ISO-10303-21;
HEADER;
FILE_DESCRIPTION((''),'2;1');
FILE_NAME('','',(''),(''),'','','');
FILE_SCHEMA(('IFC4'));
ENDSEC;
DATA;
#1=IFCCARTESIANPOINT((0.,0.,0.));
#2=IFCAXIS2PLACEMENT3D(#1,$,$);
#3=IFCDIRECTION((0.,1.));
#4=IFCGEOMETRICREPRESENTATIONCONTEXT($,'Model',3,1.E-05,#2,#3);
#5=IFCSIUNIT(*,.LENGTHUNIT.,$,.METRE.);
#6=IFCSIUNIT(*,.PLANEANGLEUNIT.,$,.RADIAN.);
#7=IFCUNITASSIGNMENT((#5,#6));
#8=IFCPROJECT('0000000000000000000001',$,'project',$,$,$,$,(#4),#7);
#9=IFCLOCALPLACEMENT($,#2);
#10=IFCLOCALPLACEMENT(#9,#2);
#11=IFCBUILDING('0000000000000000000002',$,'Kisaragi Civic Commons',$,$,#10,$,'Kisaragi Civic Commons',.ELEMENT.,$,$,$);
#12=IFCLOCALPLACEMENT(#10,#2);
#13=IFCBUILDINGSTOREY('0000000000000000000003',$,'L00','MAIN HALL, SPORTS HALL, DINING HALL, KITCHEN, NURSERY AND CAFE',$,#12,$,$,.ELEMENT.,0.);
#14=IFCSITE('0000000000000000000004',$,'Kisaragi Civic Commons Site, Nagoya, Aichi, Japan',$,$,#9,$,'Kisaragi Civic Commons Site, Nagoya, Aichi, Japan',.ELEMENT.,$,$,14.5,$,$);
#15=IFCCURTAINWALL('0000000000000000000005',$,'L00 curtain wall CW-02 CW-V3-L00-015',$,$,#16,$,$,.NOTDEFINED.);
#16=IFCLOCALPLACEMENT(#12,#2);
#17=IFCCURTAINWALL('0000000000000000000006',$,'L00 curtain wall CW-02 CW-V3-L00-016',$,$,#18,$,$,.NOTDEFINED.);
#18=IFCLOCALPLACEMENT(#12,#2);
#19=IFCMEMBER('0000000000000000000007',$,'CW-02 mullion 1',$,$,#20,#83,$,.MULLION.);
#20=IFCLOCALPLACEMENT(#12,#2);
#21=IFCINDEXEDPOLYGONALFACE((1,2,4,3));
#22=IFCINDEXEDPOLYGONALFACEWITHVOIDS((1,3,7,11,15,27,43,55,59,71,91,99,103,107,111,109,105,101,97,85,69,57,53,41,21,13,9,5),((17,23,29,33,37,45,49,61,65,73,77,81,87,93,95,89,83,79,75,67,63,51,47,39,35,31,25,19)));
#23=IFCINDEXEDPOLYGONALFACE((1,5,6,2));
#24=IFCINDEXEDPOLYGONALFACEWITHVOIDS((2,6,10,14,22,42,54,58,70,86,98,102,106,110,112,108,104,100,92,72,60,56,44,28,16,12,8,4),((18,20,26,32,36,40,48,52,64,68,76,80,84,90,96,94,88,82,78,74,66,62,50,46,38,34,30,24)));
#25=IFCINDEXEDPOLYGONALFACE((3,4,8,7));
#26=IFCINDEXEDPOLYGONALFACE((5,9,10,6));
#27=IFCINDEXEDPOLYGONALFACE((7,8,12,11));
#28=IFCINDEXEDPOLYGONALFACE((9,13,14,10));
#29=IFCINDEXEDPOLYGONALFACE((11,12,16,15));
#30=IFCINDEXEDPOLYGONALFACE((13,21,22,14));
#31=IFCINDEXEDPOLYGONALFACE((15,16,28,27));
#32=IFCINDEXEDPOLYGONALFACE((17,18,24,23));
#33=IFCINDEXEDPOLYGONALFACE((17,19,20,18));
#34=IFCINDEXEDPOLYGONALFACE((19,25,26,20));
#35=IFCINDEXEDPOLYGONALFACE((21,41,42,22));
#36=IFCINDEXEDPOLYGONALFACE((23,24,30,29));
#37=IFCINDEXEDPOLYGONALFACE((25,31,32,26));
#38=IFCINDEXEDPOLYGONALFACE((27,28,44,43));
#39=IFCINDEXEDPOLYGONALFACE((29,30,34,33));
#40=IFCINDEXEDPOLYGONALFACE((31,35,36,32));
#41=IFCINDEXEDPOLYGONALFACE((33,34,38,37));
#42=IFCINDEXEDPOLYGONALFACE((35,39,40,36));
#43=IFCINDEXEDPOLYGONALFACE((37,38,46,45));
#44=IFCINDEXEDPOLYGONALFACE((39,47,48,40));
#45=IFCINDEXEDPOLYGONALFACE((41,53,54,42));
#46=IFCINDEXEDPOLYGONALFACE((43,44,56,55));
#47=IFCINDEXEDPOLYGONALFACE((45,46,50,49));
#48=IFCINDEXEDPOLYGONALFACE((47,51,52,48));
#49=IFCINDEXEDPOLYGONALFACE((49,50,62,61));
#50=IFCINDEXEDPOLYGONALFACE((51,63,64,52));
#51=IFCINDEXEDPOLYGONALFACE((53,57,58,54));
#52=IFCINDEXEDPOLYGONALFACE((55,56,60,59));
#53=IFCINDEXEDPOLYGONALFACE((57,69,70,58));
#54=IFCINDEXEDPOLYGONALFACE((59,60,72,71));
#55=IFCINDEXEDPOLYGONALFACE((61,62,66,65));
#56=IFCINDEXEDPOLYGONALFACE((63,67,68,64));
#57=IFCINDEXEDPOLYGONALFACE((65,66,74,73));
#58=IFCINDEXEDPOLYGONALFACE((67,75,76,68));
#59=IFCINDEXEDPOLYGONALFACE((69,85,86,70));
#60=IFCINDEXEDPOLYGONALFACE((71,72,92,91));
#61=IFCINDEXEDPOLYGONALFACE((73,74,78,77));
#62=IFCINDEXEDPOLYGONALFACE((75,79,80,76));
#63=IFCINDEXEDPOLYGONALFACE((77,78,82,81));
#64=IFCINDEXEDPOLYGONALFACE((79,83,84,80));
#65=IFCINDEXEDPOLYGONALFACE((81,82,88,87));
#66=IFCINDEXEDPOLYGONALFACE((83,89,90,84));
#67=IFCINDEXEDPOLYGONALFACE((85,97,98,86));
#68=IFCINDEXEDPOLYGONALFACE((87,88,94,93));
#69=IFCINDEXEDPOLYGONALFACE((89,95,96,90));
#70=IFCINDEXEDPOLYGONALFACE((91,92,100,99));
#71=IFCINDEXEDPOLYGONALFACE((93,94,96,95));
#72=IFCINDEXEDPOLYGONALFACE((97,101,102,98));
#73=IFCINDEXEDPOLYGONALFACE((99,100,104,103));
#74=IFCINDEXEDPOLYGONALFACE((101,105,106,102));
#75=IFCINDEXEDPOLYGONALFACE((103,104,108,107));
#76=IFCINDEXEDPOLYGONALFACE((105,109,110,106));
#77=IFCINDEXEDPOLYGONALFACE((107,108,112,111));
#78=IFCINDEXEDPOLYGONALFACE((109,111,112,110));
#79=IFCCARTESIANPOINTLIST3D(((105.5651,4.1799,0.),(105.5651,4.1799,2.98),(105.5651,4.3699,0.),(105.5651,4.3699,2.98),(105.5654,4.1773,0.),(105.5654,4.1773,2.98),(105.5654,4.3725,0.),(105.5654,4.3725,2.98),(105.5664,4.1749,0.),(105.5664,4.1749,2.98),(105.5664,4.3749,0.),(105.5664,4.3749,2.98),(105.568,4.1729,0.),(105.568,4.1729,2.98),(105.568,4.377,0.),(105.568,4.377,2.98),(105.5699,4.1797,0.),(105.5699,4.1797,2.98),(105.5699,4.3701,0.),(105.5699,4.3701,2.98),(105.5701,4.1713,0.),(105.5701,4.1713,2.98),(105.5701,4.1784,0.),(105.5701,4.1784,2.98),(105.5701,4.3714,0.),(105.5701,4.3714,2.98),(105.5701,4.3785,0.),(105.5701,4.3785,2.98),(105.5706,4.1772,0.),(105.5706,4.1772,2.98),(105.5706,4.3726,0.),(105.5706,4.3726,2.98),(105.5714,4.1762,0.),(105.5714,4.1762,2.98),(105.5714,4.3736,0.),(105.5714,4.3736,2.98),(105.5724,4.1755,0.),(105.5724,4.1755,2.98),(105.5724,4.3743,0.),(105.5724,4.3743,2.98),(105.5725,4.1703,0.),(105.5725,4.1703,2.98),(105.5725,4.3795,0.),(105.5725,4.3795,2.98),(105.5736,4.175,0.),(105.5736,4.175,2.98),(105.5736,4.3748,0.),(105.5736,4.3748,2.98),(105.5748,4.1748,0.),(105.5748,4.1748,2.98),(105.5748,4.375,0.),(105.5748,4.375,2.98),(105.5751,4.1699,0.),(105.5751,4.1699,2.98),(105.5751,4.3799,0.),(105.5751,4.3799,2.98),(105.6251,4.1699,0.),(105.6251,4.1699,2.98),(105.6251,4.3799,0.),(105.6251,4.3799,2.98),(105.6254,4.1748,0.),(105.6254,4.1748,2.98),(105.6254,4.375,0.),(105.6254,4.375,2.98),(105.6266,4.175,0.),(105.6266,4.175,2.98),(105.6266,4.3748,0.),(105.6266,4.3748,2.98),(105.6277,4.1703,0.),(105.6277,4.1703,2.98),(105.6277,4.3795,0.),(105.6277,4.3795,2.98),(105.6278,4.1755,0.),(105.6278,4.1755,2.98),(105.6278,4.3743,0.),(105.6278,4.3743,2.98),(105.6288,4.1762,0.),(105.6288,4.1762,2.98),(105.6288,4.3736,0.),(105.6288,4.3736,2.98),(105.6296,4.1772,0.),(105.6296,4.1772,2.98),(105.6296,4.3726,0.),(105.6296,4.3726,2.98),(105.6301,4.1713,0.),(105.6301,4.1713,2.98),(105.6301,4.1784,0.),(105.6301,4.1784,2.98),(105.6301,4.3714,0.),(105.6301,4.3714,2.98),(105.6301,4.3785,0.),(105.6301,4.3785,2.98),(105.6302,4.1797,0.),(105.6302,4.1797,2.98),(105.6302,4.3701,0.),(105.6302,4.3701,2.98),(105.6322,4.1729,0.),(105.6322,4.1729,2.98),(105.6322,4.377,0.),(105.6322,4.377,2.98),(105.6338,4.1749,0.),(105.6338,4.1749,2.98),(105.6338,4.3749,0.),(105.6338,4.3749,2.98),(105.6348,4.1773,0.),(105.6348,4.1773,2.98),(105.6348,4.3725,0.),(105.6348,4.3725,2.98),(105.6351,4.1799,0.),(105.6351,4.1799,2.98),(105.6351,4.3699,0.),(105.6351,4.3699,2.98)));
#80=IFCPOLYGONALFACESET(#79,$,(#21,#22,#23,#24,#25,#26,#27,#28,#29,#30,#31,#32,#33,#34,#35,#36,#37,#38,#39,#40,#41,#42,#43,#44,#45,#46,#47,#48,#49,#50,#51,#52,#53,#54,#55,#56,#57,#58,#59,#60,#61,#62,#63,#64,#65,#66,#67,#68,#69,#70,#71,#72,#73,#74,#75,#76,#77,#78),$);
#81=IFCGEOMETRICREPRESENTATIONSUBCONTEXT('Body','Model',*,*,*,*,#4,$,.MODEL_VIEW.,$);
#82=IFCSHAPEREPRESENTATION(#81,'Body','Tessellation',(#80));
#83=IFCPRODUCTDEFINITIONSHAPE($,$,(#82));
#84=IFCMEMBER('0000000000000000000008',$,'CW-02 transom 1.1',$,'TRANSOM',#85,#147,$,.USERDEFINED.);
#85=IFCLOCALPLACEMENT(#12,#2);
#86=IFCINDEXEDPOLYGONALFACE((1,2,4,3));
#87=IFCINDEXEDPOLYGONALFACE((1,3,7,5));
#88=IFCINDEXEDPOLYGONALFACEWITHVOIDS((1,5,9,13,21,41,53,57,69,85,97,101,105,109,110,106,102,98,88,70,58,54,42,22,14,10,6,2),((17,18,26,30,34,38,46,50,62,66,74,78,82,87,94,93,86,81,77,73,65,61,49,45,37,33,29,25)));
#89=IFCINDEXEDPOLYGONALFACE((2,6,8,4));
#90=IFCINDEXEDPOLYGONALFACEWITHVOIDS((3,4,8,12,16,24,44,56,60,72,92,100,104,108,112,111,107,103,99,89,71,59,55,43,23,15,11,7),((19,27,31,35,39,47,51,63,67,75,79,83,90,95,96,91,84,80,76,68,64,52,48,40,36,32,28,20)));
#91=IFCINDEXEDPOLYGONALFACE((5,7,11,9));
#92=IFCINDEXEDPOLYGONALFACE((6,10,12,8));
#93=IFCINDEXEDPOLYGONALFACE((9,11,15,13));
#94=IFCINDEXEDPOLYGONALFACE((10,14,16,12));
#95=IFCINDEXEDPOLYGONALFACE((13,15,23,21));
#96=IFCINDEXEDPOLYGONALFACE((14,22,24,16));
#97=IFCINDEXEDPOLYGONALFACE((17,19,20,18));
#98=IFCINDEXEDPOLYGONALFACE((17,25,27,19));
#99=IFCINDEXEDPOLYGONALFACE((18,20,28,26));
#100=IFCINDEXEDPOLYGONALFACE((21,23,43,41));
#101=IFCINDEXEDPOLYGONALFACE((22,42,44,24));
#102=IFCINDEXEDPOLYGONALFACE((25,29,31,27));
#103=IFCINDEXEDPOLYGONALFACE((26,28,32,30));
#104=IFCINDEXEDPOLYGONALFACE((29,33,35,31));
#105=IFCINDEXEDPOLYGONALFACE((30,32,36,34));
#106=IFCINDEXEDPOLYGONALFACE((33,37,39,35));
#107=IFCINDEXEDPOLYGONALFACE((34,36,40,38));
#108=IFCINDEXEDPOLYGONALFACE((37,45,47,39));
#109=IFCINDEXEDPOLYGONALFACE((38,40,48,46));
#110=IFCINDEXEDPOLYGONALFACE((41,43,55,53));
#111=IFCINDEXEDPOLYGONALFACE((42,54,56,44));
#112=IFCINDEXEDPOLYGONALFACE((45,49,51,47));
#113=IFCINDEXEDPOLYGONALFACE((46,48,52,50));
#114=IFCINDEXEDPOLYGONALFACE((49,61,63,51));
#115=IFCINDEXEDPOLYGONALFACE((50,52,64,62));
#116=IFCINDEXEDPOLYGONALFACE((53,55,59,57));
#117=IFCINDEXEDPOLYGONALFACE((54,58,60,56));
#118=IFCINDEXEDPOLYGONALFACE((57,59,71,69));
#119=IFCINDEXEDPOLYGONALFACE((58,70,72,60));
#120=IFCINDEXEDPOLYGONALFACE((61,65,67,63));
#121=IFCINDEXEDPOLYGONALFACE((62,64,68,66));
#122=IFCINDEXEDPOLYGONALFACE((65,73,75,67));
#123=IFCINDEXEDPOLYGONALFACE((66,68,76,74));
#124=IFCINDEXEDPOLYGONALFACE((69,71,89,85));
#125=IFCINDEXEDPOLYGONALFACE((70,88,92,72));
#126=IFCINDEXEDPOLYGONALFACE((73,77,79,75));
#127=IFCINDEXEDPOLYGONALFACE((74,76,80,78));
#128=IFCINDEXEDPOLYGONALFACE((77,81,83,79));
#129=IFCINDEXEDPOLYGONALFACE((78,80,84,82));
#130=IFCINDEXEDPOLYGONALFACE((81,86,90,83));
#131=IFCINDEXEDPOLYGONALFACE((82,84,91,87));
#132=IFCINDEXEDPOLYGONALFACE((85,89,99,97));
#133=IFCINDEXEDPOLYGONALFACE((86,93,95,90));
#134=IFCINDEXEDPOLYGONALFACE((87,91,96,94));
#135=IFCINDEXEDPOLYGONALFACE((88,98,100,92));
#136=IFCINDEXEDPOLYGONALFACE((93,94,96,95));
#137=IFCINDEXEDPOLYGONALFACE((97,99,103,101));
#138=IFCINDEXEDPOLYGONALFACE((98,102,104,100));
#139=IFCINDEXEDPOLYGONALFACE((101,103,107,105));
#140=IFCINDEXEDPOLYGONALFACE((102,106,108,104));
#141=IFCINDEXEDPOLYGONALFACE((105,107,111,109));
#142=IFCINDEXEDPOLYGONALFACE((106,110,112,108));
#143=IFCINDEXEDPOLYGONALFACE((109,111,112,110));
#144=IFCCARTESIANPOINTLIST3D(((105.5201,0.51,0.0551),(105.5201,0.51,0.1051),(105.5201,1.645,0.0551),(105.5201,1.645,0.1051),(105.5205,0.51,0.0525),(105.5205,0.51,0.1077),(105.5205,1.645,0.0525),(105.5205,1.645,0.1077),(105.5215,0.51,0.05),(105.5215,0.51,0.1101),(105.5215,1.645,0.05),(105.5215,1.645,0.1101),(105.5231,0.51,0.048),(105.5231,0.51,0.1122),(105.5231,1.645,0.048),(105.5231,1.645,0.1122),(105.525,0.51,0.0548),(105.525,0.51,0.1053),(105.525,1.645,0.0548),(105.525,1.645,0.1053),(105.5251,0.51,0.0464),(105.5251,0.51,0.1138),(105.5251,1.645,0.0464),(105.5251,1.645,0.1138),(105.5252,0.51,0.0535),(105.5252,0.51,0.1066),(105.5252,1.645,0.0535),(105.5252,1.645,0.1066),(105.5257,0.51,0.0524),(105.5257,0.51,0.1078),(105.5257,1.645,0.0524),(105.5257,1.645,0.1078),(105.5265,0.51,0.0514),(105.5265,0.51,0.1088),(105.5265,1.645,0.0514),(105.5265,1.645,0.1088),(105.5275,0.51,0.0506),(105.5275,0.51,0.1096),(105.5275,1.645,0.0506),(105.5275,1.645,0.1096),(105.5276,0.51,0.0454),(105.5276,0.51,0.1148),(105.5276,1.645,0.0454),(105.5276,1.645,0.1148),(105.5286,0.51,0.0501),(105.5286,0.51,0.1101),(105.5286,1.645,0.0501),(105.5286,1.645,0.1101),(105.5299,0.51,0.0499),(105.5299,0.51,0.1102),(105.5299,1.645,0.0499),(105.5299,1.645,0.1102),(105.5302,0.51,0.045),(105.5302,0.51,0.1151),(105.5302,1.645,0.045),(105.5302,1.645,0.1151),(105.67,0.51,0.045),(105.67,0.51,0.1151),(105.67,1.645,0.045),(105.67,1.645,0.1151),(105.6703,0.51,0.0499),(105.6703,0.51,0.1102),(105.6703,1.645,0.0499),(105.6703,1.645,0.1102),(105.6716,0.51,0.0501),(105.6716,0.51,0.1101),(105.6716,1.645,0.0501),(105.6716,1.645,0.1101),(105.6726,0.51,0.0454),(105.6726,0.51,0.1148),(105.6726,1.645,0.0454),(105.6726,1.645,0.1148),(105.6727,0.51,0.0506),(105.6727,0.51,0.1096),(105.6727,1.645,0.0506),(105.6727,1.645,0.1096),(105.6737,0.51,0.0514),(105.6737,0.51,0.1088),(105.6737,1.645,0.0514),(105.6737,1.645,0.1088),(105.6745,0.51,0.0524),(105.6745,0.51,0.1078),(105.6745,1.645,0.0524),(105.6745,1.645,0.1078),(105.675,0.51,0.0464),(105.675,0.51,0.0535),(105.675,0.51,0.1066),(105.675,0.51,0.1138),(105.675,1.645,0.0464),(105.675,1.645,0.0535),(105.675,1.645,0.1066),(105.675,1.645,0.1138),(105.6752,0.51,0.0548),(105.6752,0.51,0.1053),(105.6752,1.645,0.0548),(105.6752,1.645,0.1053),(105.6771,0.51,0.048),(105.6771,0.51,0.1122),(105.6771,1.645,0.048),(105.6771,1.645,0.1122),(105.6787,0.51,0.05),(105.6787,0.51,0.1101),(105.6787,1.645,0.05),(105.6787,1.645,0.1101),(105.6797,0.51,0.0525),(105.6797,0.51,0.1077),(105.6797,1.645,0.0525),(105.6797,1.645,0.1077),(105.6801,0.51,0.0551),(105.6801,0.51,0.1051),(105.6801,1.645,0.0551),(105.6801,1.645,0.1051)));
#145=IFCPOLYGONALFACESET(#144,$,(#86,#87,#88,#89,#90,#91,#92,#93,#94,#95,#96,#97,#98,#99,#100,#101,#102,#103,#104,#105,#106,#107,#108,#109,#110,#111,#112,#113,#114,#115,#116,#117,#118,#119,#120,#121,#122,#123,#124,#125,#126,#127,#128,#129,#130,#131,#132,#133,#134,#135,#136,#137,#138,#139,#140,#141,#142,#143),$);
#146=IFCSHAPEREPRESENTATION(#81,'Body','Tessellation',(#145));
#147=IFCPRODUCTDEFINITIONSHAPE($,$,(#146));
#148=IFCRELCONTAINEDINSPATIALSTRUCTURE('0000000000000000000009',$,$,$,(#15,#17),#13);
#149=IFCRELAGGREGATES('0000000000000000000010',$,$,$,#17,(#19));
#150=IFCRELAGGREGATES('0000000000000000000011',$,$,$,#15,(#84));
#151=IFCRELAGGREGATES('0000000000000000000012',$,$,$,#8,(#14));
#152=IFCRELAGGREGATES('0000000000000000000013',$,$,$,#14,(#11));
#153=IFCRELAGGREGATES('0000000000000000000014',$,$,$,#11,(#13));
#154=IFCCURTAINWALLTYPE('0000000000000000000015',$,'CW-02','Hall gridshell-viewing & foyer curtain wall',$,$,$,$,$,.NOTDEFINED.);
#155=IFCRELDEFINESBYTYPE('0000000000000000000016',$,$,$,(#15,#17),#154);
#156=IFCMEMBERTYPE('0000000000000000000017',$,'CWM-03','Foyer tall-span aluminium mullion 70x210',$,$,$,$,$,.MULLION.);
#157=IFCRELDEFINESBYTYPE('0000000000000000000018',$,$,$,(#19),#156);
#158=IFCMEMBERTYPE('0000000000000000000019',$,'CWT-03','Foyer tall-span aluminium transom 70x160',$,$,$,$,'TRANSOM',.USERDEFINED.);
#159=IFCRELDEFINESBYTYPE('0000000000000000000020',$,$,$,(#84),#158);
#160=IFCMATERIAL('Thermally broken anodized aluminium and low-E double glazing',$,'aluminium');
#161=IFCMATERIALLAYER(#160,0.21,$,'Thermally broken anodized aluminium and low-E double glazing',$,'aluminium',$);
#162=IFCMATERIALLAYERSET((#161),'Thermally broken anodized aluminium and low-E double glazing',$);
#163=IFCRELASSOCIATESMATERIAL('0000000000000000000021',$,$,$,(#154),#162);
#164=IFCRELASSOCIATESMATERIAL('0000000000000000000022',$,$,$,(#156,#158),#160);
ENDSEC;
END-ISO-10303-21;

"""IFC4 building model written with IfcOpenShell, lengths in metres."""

from ifc_helpers import new_model, si_unit, direction, frame, origin, origin_2d, place, context, subcontext, project, spatial, hollow_rectangle, extrude, material, layer, layer_set, material_profile, profile_set, type_object, element, aggregate, save


model = new_model("IFC4")

# Units and contexts
model_context = context("Model", 3, precision=1e-05, world=origin(), true_north=direction((0.0, 1.0)))
body_context = subcontext(model_context, "Body", "Model", "MODEL_VIEW")
ifc_project = project(units=[si_unit("LENGTHUNIT", "METRE"), si_unit("PLANEANGLEUNIT", "RADIAN")], contexts=[model_context])

# Site, building, storey
site_placement = place(None, origin())
site = spatial("IfcSite", under=ifc_project, at=site_placement, Name="Kisaragi Civic Commons Site, Nagoya, Aichi, Japan", LongName="Kisaragi Civic Commons Site, Nagoya, Aichi, Japan", CompositionType="ELEMENT", RefElevation=14.5)
building_placement = place(site_placement, origin())
building = spatial("IfcBuilding", under=site, at=building_placement, Name="Kisaragi Civic Commons", LongName="Kisaragi Civic Commons", CompositionType="ELEMENT")
storey_placement = place(building_placement, origin())
storey = spatial("IfcBuildingStorey", under=building, at=storey_placement, Name="L00", Description="MAIN HALL, SPORTS HALL, DINING HALL, KITCHEN, NURSERY AND CAFE", CompositionType="ELEMENT", Elevation=0.0)

# Curtain wall
ifc_material_1 = material(Name="Thermally broken anodized aluminium and low-E double glazing", Category="aluminium")
ifc_layer_1 = layer(ifc_material_1, 0.21, Name="Thermally broken anodized aluminium and low-E double glazing", Category="aluminium")
ifc_layer_set_1 = layer_set([ifc_layer_1], Name="Thermally broken anodized aluminium and low-E double glazing")
curtain_wall_type = type_object("IfcCurtainWallType", Name="CW-02", Description="Hall gridshell-viewing & foyer curtain wall", PredefinedType="NOTDEFINED", material=ifc_layer_set_1)
curtain_wall_1_placement = place(storey_placement, origin())
curtain_wall_1 = element("IfcCurtainWall", 1, at=curtain_wall_1_placement, inside=storey, type_object=curtain_wall_type, Name="L00 curtain wall CW-02 CW-V3-L00-015", PredefinedType="NOTDEFINED")
ifc_material_profile_1 = material_profile(ifc_material_1, hollow_rectangle(XDim=0.0701, YDim=0.21, WallThickness=0.0049, InnerFilletRadius=0.0049, OuterFilletRadius=0.01, at=origin_2d()), Name="CWM-70x210x5", Category="aluminium")
ifc_profile_set_1 = profile_set([ifc_material_profile_1], Name="Thermally broken anodized aluminium and low-E double glazing")
member_type_1 = type_object("IfcMemberType", Name="CWM-03", Description="Foyer tall-span aluminium mullion 70x210", PredefinedType="MULLION", material=ifc_profile_set_1)

# Curtain wall, member
curtain_wall_2_placement = place(storey_placement, origin())
curtain_wall_2 = element("IfcCurtainWall", 2, at=curtain_wall_2_placement, inside=storey, type_object=curtain_wall_type, Name="L00 curtain wall CW-02 CW-V3-L00-016", PredefinedType="NOTDEFINED")
member_1_placement = place(storey_placement, frame((105.6001, 4.2749, 0.0), z_axis=(0.0, 0.0, 1.0), x_axis=(-1.0, 0.0, 0.0)))
member_1 = element("IfcMember", 3, at=member_1_placement, type_object=member_type_1, Name="CW-02 mullion 1", PredefinedType="MULLION", context=body_context, shape_type="SweptSolid", body=[
    extrude(hollow_rectangle(XDim=0.0701, YDim=0.21, WallThickness=0.0049, InnerFilletRadius=0.0049, OuterFilletRadius=0.01, at=origin_2d()), origin(), (0.0, 0.0, 1.0), 2.98),
])

# Member
ifc_material_profile_2 = material_profile(ifc_material_1, hollow_rectangle(XDim=0.1599, YDim=0.0701, WallThickness=0.0049, InnerFilletRadius=0.0049, OuterFilletRadius=0.01, at=origin_2d()), Name="CWT-70x160x5", Category="aluminium")
ifc_profile_set_2 = profile_set([ifc_material_profile_2], Name="Thermally broken anodized aluminium and low-E double glazing")
member_type_2 = type_object("IfcMemberType", Name="CWT-03", Description="Foyer tall-span aluminium transom 70x160", ElementType="TRANSOM", PredefinedType="USERDEFINED", material=ifc_profile_set_2)
member_2_placement = place(storey_placement, frame((105.6001, 0.51, 0.0801), z_axis=(0.0, 1.0, 0.0), x_axis=(-1.0, 0.0, 0.0)))
member_2 = element("IfcMember", 4, at=member_2_placement, type_object=member_type_2, Name="CW-02 transom 1.1", ObjectType="TRANSOM", PredefinedType="USERDEFINED", context=body_context, shape_type="SweptSolid", body=[
    extrude(hollow_rectangle(XDim=0.1599, YDim=0.0701, WallThickness=0.0049, InnerFilletRadius=0.0049, OuterFilletRadius=0.01, at=origin_2d()), origin(), (0.0, 0.0, 1.0), 1.135),
])
aggregate(curtain_wall_2, [member_1])

aggregate(curtain_wall_1, [member_2])

save(model, "model.ifc")
